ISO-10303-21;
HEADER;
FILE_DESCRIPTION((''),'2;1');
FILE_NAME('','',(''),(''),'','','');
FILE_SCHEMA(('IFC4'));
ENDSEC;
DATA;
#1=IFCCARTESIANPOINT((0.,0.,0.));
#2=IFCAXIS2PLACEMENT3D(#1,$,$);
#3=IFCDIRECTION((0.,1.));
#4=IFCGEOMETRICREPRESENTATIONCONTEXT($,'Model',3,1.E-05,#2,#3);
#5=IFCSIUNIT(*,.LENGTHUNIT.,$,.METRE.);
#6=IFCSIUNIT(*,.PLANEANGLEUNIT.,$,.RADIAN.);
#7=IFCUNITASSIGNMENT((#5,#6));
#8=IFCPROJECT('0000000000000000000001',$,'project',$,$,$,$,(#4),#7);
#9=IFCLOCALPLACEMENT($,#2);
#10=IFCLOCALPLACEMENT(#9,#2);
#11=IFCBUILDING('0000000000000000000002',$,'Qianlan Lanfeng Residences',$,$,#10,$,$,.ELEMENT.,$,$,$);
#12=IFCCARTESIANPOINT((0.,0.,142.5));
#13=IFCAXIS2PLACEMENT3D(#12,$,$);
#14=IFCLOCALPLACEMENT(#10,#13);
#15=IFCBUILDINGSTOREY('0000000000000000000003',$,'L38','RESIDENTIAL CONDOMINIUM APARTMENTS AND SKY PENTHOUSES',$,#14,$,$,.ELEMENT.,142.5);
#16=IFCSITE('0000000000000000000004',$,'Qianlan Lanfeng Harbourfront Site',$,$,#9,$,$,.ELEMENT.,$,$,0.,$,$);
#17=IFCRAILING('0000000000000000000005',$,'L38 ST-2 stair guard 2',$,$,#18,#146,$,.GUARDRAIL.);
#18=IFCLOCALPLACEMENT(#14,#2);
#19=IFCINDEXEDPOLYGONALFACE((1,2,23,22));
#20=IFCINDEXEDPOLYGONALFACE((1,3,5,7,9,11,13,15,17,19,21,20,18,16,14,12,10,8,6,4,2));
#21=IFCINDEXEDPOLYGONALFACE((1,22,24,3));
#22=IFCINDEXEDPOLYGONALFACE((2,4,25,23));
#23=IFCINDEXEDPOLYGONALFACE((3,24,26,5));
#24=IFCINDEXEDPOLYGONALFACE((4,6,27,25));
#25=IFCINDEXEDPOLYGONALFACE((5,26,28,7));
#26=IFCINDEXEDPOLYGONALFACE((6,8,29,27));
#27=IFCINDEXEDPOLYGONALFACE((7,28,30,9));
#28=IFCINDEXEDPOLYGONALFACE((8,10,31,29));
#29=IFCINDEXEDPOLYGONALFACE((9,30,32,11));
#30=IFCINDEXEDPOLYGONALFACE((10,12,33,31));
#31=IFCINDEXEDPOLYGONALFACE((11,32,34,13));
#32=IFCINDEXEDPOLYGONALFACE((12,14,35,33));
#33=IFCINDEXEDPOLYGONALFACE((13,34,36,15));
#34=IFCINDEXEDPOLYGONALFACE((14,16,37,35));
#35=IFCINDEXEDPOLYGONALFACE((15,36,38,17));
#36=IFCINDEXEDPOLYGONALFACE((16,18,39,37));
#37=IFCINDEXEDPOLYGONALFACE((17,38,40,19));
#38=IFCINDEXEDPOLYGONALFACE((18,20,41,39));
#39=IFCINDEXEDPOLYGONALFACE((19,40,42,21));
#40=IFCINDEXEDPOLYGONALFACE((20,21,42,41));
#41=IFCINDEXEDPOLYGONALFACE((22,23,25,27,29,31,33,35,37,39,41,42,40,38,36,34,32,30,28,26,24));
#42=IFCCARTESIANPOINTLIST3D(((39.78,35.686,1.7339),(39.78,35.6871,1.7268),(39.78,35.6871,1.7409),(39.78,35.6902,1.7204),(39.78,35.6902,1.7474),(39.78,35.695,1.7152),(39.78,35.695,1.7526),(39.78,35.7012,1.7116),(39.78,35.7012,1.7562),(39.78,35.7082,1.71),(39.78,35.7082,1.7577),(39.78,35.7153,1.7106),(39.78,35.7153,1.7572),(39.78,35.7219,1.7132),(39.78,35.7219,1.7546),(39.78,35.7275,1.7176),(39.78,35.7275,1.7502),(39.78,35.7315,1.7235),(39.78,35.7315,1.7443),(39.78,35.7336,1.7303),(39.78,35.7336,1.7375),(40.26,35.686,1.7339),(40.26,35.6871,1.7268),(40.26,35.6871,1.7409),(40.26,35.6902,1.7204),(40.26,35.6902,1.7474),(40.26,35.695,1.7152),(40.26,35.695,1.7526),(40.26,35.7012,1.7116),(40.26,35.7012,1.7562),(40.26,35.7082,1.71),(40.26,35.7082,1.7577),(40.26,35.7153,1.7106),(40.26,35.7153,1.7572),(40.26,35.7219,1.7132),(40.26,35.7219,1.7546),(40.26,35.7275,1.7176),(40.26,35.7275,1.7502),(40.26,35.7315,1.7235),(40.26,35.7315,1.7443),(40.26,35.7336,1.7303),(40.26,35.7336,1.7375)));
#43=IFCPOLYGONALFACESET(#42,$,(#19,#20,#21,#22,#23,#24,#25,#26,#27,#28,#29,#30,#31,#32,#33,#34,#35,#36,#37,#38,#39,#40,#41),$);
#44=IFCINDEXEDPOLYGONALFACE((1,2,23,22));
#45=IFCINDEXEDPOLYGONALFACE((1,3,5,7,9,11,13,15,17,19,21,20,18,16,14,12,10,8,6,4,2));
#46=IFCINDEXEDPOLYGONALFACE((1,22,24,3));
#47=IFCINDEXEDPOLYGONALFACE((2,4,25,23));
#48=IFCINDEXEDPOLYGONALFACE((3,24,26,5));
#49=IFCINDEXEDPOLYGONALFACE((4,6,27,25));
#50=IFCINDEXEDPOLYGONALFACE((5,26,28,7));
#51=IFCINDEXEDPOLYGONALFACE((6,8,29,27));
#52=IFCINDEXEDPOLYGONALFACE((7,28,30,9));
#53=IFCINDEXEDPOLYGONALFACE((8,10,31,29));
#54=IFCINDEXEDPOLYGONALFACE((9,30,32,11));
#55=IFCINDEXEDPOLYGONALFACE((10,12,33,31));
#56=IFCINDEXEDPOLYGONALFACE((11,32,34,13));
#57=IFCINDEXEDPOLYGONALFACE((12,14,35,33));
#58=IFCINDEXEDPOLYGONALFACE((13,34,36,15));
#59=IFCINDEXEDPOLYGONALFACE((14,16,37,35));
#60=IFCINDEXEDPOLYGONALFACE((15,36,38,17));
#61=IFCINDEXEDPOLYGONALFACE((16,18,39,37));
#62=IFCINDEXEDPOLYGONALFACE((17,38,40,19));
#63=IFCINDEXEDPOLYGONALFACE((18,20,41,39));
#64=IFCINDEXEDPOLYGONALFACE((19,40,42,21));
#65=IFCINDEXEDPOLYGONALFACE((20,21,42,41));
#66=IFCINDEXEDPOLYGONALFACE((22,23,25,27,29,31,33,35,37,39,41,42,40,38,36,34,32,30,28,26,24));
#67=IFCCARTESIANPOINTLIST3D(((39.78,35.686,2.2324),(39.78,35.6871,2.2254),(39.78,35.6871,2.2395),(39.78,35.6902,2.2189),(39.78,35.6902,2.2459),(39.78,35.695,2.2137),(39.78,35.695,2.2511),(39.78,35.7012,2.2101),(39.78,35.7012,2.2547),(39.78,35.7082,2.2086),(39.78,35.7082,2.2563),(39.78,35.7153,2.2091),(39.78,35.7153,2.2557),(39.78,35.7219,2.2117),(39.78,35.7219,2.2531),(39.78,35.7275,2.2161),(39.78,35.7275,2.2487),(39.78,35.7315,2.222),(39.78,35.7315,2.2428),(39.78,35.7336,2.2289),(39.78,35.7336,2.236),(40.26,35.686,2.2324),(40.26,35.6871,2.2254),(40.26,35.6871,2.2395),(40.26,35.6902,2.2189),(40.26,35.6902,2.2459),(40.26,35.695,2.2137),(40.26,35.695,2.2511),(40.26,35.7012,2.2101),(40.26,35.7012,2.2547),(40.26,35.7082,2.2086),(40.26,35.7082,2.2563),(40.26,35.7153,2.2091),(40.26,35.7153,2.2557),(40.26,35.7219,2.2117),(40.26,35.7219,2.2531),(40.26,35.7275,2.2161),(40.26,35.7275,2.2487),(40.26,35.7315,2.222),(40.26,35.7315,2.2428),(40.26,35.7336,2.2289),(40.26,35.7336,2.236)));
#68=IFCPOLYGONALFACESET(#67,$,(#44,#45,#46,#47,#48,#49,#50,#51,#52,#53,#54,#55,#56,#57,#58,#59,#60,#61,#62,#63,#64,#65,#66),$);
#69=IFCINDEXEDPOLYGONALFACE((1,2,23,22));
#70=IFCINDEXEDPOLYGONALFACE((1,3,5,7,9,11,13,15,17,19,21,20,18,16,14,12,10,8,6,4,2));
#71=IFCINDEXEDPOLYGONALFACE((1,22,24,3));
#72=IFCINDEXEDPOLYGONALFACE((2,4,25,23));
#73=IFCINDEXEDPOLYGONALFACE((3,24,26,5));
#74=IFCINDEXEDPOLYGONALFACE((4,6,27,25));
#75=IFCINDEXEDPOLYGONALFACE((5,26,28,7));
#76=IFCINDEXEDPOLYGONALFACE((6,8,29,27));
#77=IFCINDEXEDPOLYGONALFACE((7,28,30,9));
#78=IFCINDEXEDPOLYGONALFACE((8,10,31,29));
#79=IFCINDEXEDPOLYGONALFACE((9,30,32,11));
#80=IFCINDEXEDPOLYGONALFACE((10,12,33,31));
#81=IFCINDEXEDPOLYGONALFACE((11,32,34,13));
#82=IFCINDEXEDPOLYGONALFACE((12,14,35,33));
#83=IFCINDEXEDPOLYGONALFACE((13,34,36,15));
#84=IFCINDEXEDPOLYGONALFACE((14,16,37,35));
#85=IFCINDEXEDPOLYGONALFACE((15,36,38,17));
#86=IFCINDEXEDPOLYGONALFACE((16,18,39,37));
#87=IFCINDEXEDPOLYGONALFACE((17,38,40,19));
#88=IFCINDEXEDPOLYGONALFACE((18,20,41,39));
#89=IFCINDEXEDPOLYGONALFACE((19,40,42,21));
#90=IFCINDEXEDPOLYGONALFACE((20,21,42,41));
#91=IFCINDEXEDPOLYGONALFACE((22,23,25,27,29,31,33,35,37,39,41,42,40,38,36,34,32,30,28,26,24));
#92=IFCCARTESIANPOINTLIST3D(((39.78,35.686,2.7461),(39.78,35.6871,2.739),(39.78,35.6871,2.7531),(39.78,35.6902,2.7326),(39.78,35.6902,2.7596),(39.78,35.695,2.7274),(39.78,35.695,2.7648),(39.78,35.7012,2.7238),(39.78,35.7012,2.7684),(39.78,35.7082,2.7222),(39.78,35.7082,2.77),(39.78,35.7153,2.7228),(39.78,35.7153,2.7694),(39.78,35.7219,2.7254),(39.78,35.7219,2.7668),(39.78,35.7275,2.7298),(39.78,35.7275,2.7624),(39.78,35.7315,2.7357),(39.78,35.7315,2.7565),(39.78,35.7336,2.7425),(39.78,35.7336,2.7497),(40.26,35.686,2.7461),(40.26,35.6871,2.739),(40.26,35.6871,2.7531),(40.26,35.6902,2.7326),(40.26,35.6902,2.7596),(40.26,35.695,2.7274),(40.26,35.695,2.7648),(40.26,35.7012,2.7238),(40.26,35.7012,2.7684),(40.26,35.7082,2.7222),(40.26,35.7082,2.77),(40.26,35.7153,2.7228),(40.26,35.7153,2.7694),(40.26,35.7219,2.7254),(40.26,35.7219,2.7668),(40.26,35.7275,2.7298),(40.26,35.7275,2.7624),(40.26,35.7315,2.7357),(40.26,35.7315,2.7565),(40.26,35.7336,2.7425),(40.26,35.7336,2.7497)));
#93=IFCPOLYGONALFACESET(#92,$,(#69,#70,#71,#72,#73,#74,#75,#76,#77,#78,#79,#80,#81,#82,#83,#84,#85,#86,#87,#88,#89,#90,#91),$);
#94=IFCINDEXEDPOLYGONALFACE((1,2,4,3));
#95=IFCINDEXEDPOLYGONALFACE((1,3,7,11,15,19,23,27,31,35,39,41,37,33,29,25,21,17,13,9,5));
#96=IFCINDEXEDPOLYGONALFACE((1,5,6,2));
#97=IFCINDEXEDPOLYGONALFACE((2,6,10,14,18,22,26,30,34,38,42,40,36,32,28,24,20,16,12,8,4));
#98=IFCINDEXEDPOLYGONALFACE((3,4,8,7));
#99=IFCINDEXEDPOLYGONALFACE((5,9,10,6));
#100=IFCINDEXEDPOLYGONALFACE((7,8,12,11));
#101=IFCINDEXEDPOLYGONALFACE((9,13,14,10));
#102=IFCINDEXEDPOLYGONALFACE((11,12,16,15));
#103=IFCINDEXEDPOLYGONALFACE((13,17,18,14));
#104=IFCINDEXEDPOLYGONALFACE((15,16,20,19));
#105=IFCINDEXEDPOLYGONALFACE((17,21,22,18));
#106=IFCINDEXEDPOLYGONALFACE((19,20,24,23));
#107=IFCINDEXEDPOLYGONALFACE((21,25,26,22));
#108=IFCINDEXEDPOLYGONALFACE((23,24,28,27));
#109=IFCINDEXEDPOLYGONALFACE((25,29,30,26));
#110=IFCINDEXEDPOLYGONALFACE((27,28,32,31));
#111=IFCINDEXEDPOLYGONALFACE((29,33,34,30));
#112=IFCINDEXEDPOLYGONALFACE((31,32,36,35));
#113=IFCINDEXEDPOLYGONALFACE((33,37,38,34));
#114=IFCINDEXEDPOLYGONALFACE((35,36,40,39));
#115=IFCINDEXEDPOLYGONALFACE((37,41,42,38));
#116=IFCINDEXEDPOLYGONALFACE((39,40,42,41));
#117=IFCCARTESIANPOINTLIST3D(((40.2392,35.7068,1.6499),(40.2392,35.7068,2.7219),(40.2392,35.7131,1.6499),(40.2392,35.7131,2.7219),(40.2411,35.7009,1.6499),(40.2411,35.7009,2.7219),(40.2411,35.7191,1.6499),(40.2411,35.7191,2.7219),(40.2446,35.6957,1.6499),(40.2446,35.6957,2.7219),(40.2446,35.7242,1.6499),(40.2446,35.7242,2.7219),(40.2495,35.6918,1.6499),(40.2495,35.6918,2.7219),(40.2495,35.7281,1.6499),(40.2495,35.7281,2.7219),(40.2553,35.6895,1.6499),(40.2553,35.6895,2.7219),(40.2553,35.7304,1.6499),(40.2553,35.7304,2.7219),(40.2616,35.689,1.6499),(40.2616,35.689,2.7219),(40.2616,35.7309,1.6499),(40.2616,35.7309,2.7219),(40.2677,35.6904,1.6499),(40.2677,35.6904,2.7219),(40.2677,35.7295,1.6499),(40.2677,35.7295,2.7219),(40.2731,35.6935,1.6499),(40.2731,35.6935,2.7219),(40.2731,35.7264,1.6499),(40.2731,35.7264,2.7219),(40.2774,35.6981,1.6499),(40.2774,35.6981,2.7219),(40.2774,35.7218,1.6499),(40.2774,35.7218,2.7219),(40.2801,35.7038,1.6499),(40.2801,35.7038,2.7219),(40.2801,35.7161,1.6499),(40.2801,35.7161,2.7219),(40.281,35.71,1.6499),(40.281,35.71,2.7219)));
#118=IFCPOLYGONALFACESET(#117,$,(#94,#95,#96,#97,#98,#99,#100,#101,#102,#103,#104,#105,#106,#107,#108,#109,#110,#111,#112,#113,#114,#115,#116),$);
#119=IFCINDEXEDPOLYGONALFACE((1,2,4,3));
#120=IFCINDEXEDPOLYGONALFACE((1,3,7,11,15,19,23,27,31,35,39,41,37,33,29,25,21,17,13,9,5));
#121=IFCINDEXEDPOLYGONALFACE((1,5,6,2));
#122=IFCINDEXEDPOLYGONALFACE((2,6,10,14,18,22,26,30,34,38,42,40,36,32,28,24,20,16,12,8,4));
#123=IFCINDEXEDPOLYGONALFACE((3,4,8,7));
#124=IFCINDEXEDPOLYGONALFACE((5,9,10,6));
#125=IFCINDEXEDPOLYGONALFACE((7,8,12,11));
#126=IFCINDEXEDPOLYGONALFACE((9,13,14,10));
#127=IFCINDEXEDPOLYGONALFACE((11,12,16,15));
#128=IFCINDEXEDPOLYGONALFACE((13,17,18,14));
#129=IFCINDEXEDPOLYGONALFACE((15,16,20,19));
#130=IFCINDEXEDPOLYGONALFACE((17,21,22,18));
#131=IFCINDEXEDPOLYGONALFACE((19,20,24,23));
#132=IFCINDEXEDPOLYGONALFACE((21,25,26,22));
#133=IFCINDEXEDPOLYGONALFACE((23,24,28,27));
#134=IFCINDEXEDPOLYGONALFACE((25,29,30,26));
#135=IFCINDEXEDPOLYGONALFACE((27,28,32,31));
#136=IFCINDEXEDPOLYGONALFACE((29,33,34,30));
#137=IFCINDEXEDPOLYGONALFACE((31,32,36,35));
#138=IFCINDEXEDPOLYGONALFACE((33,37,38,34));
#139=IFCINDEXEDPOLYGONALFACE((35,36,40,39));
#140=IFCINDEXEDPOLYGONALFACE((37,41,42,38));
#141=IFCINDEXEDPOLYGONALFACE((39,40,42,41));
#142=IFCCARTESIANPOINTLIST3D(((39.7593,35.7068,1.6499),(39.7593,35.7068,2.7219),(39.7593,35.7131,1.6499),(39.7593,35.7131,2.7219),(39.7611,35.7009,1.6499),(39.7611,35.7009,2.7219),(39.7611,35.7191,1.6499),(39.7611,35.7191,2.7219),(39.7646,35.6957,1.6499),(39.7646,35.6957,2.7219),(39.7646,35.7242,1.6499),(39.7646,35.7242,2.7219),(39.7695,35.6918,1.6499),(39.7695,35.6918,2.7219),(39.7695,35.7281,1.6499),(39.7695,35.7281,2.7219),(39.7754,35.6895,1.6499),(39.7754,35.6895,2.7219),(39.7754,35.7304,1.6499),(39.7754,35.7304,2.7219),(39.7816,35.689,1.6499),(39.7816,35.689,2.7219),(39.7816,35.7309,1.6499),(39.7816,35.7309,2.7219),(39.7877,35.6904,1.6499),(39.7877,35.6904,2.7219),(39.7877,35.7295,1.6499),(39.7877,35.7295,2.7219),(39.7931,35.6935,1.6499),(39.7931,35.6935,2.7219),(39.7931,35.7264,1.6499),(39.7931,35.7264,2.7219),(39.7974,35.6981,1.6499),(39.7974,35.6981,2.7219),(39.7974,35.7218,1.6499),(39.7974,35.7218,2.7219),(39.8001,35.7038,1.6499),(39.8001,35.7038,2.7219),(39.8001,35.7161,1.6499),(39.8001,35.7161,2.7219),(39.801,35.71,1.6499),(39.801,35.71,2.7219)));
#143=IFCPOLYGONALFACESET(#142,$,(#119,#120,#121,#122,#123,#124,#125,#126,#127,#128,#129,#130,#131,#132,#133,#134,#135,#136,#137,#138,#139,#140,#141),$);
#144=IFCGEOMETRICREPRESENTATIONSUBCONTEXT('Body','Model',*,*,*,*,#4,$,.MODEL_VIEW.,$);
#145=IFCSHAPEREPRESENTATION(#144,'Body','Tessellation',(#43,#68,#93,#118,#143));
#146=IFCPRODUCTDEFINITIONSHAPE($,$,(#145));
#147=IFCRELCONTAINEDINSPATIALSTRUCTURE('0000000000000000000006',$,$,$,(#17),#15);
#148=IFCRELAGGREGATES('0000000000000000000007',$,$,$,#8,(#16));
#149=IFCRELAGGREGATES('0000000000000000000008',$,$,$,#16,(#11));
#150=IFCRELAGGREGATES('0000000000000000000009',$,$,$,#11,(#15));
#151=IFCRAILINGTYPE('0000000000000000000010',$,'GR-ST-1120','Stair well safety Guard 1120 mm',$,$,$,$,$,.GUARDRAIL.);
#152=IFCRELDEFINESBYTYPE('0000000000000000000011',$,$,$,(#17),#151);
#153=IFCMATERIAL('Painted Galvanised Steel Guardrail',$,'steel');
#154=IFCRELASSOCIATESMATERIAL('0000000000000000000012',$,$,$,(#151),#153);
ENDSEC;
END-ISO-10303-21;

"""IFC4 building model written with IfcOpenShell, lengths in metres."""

from ifc_helpers import new_model, si_unit, direction, frame, origin, origin_2d, place, context, subcontext, project, spatial, circle, extrude, material, type_object, element, save


model = new_model("IFC4")

# Units and contexts
model_context = context("Model", 3, precision=1e-05, world=origin(), true_north=direction((0.0, 1.0)))
body_context = subcontext(model_context, "Body", "Model", "MODEL_VIEW")
ifc_project = project(units=[si_unit("LENGTHUNIT", "METRE"), si_unit("PLANEANGLEUNIT", "RADIAN")], contexts=[model_context])

# Site, building, storey
site_placement = place(None, origin())
site = spatial("IfcSite", under=ifc_project, at=site_placement, Name="Qianlan Lanfeng Harbourfront Site", CompositionType="ELEMENT", RefElevation=0.0)
building_placement = place(site_placement, origin())
building = spatial("IfcBuilding", under=site, at=building_placement, Name="Qianlan Lanfeng Residences", CompositionType="ELEMENT")
storey_placement = place(building_placement, frame((0.0, 0.0, 142.5)))
storey = spatial("IfcBuildingStorey", under=building, at=storey_placement, Name="L38", Description="RESIDENTIAL CONDOMINIUM APARTMENTS AND SKY PENTHOUSES", CompositionType="ELEMENT", Elevation=142.5)

# Railing
ifc_material_1 = material(Name="Painted Galvanised Steel Guardrail", Category="steel")
railing_type_1 = type_object("IfcRailingType", Name="GR-ST-1120", Description="Stair well safety Guard 1120 mm", PredefinedType="GUARDRAIL", material=ifc_material_1)
railing_1_placement = place(storey_placement, frame((40.26, 35.71, 1.6499)))
element("IfcRailing", 1, at=railing_1_placement, inside=storey, type_object=railing_type_1, Name="L38 ST-2 stair guard 2", PredefinedType="GUARDRAIL", context=body_context, shape_type="SweptSolid", body=[
    extrude(circle(Radius=0.0239, at=origin_2d()), frame((0.0, 0.0, 0.084), z_axis=(-1.0, 0.0, 0.0), x_axis=(0.0, -1.0, 0.0)), (0.0, 0.0, 1.0), 0.48),
    extrude(circle(Radius=0.0239, at=origin_2d()), frame((0.0, 0.0, 0.5825), z_axis=(-1.0, 0.0, 0.0), x_axis=(0.0, -1.0, 0.0)), (0.0, 0.0, 1.0), 0.48),
    extrude(circle(Radius=0.0239, at=origin_2d()), frame((0.0, 0.0, 1.0962), z_axis=(-1.0, 0.0, 0.0), x_axis=(0.0, -1.0, 0.0)), (0.0, 0.0, 1.0), 0.48),
    extrude(circle(Radius=0.021, at=origin_2d()), origin(), (0.0, 0.0, 1.0), 1.072),
    extrude(circle(Radius=0.021, at=origin_2d()), frame((-0.48, 0.0, 0.0)), (0.0, 0.0, 1.0), 1.072),
])

save(model, "model.ifc")
